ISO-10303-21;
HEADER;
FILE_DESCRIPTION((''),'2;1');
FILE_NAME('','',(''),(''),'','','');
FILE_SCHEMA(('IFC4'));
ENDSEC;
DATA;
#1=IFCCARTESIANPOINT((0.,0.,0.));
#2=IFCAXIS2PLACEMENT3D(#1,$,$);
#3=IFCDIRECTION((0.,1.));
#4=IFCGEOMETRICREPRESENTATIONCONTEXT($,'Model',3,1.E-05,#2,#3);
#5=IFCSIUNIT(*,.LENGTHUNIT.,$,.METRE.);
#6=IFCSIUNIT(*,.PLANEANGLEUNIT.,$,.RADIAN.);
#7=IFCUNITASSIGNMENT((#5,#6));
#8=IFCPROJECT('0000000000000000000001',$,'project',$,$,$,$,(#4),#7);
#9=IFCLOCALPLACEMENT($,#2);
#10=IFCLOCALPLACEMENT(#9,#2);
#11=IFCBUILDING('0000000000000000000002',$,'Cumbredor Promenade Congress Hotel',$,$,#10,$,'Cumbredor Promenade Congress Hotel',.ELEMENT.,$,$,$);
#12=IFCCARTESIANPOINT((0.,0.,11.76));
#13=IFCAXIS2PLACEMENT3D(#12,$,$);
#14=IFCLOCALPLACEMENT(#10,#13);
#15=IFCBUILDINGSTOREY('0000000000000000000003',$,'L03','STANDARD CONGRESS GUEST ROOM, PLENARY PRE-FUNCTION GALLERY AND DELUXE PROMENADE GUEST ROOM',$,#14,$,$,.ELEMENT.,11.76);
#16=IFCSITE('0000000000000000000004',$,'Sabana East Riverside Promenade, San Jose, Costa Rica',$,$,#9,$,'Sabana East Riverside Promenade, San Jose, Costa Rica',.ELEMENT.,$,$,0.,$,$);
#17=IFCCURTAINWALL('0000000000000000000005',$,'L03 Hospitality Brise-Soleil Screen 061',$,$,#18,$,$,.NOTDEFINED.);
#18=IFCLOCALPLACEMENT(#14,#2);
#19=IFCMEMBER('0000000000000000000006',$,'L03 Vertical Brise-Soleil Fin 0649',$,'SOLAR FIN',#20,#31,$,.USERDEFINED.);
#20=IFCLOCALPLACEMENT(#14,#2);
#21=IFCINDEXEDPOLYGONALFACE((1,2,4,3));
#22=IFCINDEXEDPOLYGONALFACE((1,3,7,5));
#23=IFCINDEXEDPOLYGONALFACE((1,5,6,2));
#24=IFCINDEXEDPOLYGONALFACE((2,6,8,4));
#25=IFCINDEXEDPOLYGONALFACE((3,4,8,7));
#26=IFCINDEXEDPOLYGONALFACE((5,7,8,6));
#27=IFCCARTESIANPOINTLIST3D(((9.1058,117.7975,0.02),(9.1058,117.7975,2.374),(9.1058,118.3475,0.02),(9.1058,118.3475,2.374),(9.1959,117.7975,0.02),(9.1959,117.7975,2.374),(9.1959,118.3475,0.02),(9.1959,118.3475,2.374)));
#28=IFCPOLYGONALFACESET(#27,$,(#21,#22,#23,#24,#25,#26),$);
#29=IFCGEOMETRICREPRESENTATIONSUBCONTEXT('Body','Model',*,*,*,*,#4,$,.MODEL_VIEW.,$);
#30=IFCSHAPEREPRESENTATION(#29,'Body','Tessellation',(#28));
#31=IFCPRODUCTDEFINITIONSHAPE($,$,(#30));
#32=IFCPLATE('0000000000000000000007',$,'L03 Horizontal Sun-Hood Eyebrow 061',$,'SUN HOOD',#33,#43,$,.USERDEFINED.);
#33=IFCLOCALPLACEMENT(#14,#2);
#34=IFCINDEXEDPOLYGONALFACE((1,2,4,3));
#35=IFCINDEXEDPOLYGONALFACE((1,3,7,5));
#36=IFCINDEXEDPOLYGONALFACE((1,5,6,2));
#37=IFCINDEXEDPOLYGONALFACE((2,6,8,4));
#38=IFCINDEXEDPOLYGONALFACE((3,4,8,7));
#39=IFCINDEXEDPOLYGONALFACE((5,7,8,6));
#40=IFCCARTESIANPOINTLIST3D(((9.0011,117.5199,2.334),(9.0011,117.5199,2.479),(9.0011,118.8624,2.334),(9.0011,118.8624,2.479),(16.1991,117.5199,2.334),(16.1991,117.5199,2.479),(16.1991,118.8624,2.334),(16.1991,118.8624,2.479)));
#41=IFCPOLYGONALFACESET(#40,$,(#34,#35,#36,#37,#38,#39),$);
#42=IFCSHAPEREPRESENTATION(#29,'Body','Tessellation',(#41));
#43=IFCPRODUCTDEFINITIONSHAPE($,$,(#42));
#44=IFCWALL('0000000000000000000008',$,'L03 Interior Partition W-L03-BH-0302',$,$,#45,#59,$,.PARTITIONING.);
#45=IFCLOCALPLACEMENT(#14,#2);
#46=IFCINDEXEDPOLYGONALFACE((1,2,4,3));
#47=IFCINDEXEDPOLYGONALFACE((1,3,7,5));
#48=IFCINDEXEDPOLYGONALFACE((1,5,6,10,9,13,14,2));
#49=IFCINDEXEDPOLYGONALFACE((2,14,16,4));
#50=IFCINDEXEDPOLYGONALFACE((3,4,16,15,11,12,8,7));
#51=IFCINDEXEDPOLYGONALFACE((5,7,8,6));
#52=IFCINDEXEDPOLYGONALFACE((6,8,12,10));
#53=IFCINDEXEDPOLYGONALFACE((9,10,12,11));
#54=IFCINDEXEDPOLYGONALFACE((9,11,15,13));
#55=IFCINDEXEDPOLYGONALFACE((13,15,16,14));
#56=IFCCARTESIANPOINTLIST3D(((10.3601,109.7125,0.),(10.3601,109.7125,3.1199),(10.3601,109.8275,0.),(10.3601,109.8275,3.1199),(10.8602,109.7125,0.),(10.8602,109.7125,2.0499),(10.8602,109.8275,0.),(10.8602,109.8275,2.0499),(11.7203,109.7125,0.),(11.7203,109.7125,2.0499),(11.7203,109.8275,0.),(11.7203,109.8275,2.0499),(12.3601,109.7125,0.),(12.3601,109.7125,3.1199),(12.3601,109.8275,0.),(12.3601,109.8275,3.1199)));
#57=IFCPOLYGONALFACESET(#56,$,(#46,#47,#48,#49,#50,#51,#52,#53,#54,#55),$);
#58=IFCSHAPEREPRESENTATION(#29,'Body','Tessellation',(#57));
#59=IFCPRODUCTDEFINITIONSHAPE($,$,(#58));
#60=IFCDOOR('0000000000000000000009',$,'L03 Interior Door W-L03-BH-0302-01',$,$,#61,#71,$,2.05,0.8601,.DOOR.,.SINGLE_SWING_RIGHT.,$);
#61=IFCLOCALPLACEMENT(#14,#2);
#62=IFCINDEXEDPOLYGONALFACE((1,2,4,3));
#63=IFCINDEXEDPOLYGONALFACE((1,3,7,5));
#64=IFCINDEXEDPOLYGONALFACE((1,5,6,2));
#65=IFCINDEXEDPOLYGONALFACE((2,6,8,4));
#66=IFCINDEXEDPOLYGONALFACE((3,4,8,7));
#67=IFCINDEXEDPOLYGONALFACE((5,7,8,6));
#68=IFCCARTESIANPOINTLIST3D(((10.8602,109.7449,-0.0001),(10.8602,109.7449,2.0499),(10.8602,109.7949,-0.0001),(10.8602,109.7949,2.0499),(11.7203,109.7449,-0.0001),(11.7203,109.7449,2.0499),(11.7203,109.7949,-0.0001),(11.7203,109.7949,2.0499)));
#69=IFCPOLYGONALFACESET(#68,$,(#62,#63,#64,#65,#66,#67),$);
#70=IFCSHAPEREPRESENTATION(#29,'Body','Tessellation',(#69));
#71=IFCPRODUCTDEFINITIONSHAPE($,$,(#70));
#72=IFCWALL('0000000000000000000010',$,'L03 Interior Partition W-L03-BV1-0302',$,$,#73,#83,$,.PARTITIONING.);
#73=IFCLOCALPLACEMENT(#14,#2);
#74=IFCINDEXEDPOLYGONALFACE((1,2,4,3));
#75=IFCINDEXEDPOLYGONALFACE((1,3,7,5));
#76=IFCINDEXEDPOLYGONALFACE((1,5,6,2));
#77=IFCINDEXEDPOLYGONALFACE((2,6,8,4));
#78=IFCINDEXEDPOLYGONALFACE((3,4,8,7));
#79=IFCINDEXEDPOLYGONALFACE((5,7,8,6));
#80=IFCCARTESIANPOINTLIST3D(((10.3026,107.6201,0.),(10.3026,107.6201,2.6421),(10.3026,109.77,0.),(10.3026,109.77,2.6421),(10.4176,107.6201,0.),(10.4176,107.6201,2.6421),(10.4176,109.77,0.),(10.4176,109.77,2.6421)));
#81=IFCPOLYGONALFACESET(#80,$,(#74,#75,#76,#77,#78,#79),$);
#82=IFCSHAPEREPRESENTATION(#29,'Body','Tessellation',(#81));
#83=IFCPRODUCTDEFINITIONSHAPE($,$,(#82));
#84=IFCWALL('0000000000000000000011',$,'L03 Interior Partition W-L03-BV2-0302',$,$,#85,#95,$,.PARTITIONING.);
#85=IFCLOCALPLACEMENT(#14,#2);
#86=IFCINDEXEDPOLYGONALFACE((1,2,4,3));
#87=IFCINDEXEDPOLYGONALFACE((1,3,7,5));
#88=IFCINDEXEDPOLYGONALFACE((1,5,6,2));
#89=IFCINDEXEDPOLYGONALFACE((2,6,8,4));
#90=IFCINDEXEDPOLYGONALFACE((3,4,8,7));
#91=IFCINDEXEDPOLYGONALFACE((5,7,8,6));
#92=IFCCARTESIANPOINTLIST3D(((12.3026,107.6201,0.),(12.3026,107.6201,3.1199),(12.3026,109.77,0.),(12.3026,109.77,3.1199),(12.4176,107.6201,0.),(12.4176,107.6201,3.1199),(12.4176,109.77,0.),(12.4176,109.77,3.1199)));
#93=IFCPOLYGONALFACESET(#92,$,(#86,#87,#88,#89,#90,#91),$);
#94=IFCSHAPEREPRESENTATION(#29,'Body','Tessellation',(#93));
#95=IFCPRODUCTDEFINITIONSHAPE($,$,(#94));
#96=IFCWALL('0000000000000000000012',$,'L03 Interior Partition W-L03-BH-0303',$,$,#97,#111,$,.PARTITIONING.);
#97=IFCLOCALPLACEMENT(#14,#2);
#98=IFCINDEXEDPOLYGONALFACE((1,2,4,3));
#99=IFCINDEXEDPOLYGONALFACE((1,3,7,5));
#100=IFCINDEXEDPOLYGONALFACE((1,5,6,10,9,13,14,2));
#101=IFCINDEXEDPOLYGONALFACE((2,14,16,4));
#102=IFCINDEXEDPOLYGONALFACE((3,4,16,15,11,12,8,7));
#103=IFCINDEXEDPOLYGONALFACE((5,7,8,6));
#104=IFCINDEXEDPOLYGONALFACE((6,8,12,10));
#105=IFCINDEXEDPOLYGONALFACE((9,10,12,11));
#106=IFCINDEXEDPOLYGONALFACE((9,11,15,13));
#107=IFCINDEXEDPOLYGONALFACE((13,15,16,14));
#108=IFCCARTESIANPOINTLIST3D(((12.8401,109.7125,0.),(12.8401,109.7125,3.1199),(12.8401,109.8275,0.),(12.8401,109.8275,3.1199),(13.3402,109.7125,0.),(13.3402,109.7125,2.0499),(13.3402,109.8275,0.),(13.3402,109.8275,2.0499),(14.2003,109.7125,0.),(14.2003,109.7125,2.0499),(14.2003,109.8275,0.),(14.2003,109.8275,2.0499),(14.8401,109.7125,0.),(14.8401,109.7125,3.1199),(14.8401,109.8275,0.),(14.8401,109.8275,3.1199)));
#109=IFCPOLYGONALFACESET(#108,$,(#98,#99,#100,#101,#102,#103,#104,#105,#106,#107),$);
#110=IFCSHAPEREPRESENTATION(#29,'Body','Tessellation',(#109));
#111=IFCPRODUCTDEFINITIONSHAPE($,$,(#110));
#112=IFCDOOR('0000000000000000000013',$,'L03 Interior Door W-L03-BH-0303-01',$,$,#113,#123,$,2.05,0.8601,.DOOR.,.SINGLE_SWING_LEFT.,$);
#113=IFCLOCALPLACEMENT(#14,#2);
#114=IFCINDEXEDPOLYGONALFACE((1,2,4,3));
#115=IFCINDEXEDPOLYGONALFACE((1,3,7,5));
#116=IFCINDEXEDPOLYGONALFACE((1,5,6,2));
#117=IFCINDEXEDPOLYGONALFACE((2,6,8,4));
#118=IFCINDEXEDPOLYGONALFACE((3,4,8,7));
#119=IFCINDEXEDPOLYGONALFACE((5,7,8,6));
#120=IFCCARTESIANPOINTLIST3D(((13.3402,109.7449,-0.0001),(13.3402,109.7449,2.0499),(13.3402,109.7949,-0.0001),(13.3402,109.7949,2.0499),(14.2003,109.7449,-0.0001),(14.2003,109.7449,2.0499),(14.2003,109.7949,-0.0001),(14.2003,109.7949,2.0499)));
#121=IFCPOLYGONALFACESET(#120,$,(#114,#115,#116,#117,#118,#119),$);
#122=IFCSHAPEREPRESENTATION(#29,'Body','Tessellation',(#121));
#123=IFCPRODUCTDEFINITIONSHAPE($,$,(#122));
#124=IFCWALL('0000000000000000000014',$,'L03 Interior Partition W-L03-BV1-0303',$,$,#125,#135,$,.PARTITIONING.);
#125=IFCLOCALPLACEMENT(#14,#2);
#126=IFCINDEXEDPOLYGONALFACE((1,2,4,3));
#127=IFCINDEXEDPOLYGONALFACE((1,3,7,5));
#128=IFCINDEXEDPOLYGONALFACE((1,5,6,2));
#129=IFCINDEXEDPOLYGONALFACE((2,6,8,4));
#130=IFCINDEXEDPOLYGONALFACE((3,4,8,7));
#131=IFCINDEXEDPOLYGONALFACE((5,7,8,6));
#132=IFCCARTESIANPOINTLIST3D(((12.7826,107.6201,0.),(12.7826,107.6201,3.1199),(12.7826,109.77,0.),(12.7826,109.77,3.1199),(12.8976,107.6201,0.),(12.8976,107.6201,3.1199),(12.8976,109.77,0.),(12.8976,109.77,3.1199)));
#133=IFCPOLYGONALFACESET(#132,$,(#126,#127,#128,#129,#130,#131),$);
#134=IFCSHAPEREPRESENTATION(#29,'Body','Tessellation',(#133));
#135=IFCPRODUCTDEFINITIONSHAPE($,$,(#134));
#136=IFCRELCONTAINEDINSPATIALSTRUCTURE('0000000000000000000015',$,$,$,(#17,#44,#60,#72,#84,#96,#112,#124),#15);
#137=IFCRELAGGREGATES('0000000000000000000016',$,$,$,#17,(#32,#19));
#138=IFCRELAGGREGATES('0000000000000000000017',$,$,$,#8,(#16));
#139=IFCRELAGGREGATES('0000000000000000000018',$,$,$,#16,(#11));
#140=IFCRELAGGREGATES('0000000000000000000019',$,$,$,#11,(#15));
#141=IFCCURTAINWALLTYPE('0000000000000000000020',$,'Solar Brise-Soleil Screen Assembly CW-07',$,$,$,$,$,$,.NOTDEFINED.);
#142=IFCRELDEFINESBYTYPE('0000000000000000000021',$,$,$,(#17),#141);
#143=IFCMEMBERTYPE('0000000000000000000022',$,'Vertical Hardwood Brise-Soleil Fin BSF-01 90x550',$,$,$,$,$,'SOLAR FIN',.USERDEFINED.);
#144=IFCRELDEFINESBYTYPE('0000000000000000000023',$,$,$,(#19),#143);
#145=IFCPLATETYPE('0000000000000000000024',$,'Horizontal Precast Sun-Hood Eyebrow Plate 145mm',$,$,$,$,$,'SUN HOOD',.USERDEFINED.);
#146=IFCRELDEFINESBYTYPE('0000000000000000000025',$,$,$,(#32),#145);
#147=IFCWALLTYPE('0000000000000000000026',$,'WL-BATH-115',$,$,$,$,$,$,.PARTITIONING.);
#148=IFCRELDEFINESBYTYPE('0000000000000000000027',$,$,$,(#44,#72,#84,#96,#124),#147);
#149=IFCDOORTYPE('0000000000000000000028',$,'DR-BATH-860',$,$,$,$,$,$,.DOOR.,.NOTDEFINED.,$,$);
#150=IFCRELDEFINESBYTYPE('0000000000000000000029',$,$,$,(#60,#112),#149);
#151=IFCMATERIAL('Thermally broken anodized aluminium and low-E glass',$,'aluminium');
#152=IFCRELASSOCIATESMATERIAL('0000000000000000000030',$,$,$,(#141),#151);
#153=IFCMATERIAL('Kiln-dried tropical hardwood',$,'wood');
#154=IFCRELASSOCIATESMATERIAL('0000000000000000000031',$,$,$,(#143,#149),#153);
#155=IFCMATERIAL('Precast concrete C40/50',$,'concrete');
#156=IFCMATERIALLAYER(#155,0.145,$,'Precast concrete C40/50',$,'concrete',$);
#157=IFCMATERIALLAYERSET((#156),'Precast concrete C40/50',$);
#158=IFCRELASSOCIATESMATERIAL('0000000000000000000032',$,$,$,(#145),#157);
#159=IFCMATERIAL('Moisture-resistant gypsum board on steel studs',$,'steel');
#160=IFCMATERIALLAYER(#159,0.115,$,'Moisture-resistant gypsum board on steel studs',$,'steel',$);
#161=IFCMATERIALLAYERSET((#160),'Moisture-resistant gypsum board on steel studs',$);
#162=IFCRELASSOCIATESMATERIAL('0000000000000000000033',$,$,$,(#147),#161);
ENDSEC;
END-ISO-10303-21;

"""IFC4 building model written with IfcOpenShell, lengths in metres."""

from ifc_helpers import new_model, si_unit, direction, frame, frame_2d, origin, origin_2d, place, context, subcontext, project, spatial, rectangle, extrude, material, layer, layer_set, material_profile, profile_set, type_object, element, fill, aggregate, save


model = new_model("IFC4")

# Units and contexts
model_context = context("Model", 3, precision=1e-05, world=origin(), true_north=direction((0.0, 1.0)))
body_context = subcontext(model_context, "Body", "Model", "MODEL_VIEW")
ifc_project = project(units=[si_unit("LENGTHUNIT", "METRE"), si_unit("PLANEANGLEUNIT", "RADIAN")], contexts=[model_context])

# Site, building, storey
site_placement = place(None, origin())
site = spatial("IfcSite", under=ifc_project, at=site_placement, Name="Sabana East Riverside Promenade, San Jose, Costa Rica", LongName="Sabana East Riverside Promenade, San Jose, Costa Rica", CompositionType="ELEMENT", RefElevation=0.0)
building_placement = place(site_placement, origin())
building = spatial("IfcBuilding", under=site, at=building_placement, Name="Cumbredor Promenade Congress Hotel", LongName="Cumbredor Promenade Congress Hotel", CompositionType="ELEMENT")
storey_placement = place(building_placement, frame((0.0, 0.0, 11.76)))
storey = spatial("IfcBuildingStorey", under=building, at=storey_placement, Name="L03", Description="STANDARD CONGRESS GUEST ROOM, PLENARY PRE-FUNCTION GALLERY AND DELUXE PROMENADE GUEST ROOM", CompositionType="ELEMENT", Elevation=11.76)

# Curtain wall
ifc_material_1 = material(Name="Thermally broken anodized aluminium and low-E glass", Category="aluminium")
curtain_wall_type = type_object("IfcCurtainWallType", Name="Solar Brise-Soleil Screen Assembly CW-07", PredefinedType="NOTDEFINED", material=ifc_material_1)
curtain_wall_placement = place(storey_placement, origin())
curtain_wall = element("IfcCurtainWall", 1, at=curtain_wall_placement, inside=storey, type_object=curtain_wall_type, Name="L03 Hospitality Brise-Soleil Screen 061", PredefinedType="NOTDEFINED")

# Member
ifc_material_2 = material(Name="Kiln-dried tropical hardwood", Category="wood")
ifc_material_profile_1 = material_profile(ifc_material_2, rectangle(XDim=0.0901, YDim=0.55, at=origin_2d()), Name="ARCH FIN 90x550")
ifc_profile_set_1 = profile_set([ifc_material_profile_1], Name="Kiln-dried tropical hardwood")
member_type_1 = type_object("IfcMemberType", Name="Vertical Hardwood Brise-Soleil Fin BSF-01 90x550", ElementType="SOLAR FIN", PredefinedType="USERDEFINED", material=ifc_profile_set_1)
member_1_placement = place(storey_placement, frame((9.1509, 118.0725, 0.02), z_axis=(0.0, 0.0, 1.0), x_axis=(1.0, 0.0, 0.0)))
member_1 = element("IfcMember", 2, at=member_1_placement, type_object=member_type_1, Name="L03 Vertical Brise-Soleil Fin 0649", ObjectType="SOLAR FIN", PredefinedType="USERDEFINED", context=body_context, shape_type="SweptSolid", body=[
    extrude(rectangle(XDim=0.0901, YDim=0.55, at=origin_2d()), origin(), (0.0, 0.0, 1.0), 2.354),
])

# Plate
ifc_material_3 = material(Name="Precast concrete C40/50", Category="concrete")
ifc_layer_1 = layer(ifc_material_3, 0.145, Name="Precast concrete C40/50", Category="concrete")
ifc_layer_set_1 = layer_set([ifc_layer_1], Name="Precast concrete C40/50")
plate_type = type_object("IfcPlateType", Name="Horizontal Precast Sun-Hood Eyebrow Plate 145mm", ElementType="SUN HOOD", PredefinedType="USERDEFINED", material=ifc_layer_set_1)
plate_placement = place(storey_placement, frame((12.6001, 118.1912, 2.334), z_axis=(0.0, 0.0, 1.0), x_axis=(1.0, 0.0, 0.0)))
plate = element("IfcPlate", 3, at=plate_placement, type_object=plate_type, Name="L03 Horizontal Sun-Hood Eyebrow 061", ObjectType="SUN HOOD", PredefinedType="USERDEFINED", context=body_context, shape_type="SweptSolid", body=[
    extrude(rectangle(XDim=7.198, YDim=1.3425, at=origin_2d()), origin(), (0.0, 0.0, 1.0), 0.145),
])
aggregate(curtain_wall, [plate, member_1])

# Wall, opening, door
ifc_material_4 = material(Name="Moisture-resistant gypsum board on steel studs", Category="steel")
ifc_layer_2 = layer(ifc_material_4, 0.115, Name="Moisture-resistant gypsum board on steel studs", Category="steel")
ifc_layer_set_2 = layer_set([ifc_layer_2], Name="Moisture-resistant gypsum board on steel studs")
wall_type_1 = type_object("IfcWallType", Name="WL-BATH-115", PredefinedType="PARTITIONING", material=ifc_layer_set_2)
wall_1_placement = place(storey_placement, frame((10.3601, 109.77, 0.0), z_axis=(0.0, 0.0, 1.0), x_axis=(1.0, 0.0, 0.0)))
wall_1 = element("IfcWall", 4, at=wall_1_placement, inside=storey, type_object=wall_type_1, Name="L03 Interior Partition W-L03-BH-0302", PredefinedType="PARTITIONING", context=body_context, shape_type="SweptSolid", body=[
    extrude(rectangle(XDim=2.0, YDim=0.115, at=frame_2d((1.0, 0.0))), origin(), (0.0, 0.0, 1.0), 3.1199),
])
opening_1_placement = place(wall_1_placement, frame((0.5, 0.0, 0.0)))
opening_1 = element("IfcOpeningElement", 5, at=opening_1_placement, cuts=wall_1, PredefinedType="OPENING", context=body_context, shape_type="SweptSolid", body=[
    extrude(rectangle(XDim=0.8601, YDim=2.05, at=frame_2d((0.4302, 1.0249))), frame((0.0, 0.0674, 0.0), z_axis=(0.0, -1.0, 0.0), x_axis=(1.0, 0.0, 0.0)), (0.0, 0.0, 1.0), 0.135),
])
door_type = type_object("IfcDoorType", Name="DR-BATH-860", OperationType="NOTDEFINED", PredefinedType="DOOR", material=ifc_material_2)
door_1_placement = place(opening_1_placement, origin())
door_1 = element("IfcDoor", 6, at=door_1_placement, inside=storey, type_object=door_type, Name="L03 Interior Door W-L03-BH-0302-01", OperationType="SINGLE_SWING_RIGHT", OverallHeight=2.05, OverallWidth=0.8601, PredefinedType="DOOR", context=body_context, shape_type="SweptSolid", body=[
    extrude(rectangle(XDim=0.8601, YDim=2.05, at=frame_2d((0.4302, 1.0249))), frame((0.0, 0.0249, 0.0), z_axis=(0.0, -1.0, 0.0), x_axis=(1.0, 0.0, 0.0)), (0.0, 0.0, 1.0), 0.05),
])
fill(opening_1, door_1)

# Walls
wall_2_placement = place(storey_placement, frame((10.3601, 107.6201, 0.0), z_axis=(0.0, 0.0, 1.0), x_axis=(0.0, 1.0, 0.0)))
element("IfcWall", 7, at=wall_2_placement, inside=storey, type_object=wall_type_1, Name="L03 Interior Partition W-L03-BV1-0302", PredefinedType="PARTITIONING", context=body_context, shape_type="SweptSolid", body=[
    extrude(rectangle(XDim=2.1499, YDim=0.115, at=frame_2d((1.075, 0.0))), origin(), (0.0, 0.0, 1.0), 2.6421),
])
wall_3_placement = place(storey_placement, frame((12.3601, 107.6201, 0.0), z_axis=(0.0, 0.0, 1.0), x_axis=(0.0, 1.0, 0.0)))
element("IfcWall", 8, at=wall_3_placement, inside=storey, type_object=wall_type_1, Name="L03 Interior Partition W-L03-BV2-0302", PredefinedType="PARTITIONING", context=body_context, shape_type="SweptSolid", body=[
    extrude(rectangle(XDim=2.1499, YDim=0.115, at=frame_2d((1.075, 0.0))), origin(), (0.0, 0.0, 1.0), 3.1199),
])

# Wall, opening, door
wall_4_placement = place(storey_placement, frame((12.8401, 109.77, 0.0), z_axis=(0.0, 0.0, 1.0), x_axis=(1.0, 0.0, 0.0)))
wall_4 = element("IfcWall", 9, at=wall_4_placement, inside=storey, type_object=wall_type_1, Name="L03 Interior Partition W-L03-BH-0303", PredefinedType="PARTITIONING", context=body_context, shape_type="SweptSolid", body=[
    extrude(rectangle(XDim=2.0, YDim=0.115, at=frame_2d((1.0, 0.0))), origin(), (0.0, 0.0, 1.0), 3.1199),
])
opening_2_placement = place(wall_4_placement, frame((0.5, 0.0, 0.0)))
opening_2 = element("IfcOpeningElement", 10, at=opening_2_placement, cuts=wall_4, PredefinedType="OPENING", context=body_context, shape_type="SweptSolid", body=[
    extrude(rectangle(XDim=0.8601, YDim=2.05, at=frame_2d((0.4302, 1.0249))), frame((0.0, 0.0674, 0.0), z_axis=(0.0, -1.0, 0.0), x_axis=(1.0, 0.0, 0.0)), (0.0, 0.0, 1.0), 0.135),
])
door_2_placement = place(opening_2_placement, origin())
door_2 = element("IfcDoor", 11, at=door_2_placement, inside=storey, type_object=door_type, Name="L03 Interior Door W-L03-BH-0303-01", OperationType="SINGLE_SWING_LEFT", OverallHeight=2.05, OverallWidth=0.8601, PredefinedType="DOOR", context=body_context, shape_type="SweptSolid", body=[
    extrude(rectangle(XDim=0.8601, YDim=2.05, at=frame_2d((0.4302, 1.0249))), frame((0.0, 0.0249, 0.0), z_axis=(0.0, -1.0, 0.0), x_axis=(1.0, 0.0, 0.0)), (0.0, 0.0, 1.0), 0.05),
])
fill(opening_2, door_2)

# Wall
wall_5_placement = place(storey_placement, frame((12.8401, 107.6201, 0.0), z_axis=(0.0, 0.0, 1.0), x_axis=(0.0, 1.0, 0.0)))
element("IfcWall", 12, at=wall_5_placement, inside=storey, type_object=wall_type_1, Name="L03 Interior Partition W-L03-BV1-0303", PredefinedType="PARTITIONING", context=body_context, shape_type="SweptSolid", body=[
    extrude(rectangle(XDim=2.1499, YDim=0.115, at=frame_2d((1.075, 0.0))), origin(), (0.0, 0.0, 1.0), 3.1199),
])

save(model, "model.ifc")
